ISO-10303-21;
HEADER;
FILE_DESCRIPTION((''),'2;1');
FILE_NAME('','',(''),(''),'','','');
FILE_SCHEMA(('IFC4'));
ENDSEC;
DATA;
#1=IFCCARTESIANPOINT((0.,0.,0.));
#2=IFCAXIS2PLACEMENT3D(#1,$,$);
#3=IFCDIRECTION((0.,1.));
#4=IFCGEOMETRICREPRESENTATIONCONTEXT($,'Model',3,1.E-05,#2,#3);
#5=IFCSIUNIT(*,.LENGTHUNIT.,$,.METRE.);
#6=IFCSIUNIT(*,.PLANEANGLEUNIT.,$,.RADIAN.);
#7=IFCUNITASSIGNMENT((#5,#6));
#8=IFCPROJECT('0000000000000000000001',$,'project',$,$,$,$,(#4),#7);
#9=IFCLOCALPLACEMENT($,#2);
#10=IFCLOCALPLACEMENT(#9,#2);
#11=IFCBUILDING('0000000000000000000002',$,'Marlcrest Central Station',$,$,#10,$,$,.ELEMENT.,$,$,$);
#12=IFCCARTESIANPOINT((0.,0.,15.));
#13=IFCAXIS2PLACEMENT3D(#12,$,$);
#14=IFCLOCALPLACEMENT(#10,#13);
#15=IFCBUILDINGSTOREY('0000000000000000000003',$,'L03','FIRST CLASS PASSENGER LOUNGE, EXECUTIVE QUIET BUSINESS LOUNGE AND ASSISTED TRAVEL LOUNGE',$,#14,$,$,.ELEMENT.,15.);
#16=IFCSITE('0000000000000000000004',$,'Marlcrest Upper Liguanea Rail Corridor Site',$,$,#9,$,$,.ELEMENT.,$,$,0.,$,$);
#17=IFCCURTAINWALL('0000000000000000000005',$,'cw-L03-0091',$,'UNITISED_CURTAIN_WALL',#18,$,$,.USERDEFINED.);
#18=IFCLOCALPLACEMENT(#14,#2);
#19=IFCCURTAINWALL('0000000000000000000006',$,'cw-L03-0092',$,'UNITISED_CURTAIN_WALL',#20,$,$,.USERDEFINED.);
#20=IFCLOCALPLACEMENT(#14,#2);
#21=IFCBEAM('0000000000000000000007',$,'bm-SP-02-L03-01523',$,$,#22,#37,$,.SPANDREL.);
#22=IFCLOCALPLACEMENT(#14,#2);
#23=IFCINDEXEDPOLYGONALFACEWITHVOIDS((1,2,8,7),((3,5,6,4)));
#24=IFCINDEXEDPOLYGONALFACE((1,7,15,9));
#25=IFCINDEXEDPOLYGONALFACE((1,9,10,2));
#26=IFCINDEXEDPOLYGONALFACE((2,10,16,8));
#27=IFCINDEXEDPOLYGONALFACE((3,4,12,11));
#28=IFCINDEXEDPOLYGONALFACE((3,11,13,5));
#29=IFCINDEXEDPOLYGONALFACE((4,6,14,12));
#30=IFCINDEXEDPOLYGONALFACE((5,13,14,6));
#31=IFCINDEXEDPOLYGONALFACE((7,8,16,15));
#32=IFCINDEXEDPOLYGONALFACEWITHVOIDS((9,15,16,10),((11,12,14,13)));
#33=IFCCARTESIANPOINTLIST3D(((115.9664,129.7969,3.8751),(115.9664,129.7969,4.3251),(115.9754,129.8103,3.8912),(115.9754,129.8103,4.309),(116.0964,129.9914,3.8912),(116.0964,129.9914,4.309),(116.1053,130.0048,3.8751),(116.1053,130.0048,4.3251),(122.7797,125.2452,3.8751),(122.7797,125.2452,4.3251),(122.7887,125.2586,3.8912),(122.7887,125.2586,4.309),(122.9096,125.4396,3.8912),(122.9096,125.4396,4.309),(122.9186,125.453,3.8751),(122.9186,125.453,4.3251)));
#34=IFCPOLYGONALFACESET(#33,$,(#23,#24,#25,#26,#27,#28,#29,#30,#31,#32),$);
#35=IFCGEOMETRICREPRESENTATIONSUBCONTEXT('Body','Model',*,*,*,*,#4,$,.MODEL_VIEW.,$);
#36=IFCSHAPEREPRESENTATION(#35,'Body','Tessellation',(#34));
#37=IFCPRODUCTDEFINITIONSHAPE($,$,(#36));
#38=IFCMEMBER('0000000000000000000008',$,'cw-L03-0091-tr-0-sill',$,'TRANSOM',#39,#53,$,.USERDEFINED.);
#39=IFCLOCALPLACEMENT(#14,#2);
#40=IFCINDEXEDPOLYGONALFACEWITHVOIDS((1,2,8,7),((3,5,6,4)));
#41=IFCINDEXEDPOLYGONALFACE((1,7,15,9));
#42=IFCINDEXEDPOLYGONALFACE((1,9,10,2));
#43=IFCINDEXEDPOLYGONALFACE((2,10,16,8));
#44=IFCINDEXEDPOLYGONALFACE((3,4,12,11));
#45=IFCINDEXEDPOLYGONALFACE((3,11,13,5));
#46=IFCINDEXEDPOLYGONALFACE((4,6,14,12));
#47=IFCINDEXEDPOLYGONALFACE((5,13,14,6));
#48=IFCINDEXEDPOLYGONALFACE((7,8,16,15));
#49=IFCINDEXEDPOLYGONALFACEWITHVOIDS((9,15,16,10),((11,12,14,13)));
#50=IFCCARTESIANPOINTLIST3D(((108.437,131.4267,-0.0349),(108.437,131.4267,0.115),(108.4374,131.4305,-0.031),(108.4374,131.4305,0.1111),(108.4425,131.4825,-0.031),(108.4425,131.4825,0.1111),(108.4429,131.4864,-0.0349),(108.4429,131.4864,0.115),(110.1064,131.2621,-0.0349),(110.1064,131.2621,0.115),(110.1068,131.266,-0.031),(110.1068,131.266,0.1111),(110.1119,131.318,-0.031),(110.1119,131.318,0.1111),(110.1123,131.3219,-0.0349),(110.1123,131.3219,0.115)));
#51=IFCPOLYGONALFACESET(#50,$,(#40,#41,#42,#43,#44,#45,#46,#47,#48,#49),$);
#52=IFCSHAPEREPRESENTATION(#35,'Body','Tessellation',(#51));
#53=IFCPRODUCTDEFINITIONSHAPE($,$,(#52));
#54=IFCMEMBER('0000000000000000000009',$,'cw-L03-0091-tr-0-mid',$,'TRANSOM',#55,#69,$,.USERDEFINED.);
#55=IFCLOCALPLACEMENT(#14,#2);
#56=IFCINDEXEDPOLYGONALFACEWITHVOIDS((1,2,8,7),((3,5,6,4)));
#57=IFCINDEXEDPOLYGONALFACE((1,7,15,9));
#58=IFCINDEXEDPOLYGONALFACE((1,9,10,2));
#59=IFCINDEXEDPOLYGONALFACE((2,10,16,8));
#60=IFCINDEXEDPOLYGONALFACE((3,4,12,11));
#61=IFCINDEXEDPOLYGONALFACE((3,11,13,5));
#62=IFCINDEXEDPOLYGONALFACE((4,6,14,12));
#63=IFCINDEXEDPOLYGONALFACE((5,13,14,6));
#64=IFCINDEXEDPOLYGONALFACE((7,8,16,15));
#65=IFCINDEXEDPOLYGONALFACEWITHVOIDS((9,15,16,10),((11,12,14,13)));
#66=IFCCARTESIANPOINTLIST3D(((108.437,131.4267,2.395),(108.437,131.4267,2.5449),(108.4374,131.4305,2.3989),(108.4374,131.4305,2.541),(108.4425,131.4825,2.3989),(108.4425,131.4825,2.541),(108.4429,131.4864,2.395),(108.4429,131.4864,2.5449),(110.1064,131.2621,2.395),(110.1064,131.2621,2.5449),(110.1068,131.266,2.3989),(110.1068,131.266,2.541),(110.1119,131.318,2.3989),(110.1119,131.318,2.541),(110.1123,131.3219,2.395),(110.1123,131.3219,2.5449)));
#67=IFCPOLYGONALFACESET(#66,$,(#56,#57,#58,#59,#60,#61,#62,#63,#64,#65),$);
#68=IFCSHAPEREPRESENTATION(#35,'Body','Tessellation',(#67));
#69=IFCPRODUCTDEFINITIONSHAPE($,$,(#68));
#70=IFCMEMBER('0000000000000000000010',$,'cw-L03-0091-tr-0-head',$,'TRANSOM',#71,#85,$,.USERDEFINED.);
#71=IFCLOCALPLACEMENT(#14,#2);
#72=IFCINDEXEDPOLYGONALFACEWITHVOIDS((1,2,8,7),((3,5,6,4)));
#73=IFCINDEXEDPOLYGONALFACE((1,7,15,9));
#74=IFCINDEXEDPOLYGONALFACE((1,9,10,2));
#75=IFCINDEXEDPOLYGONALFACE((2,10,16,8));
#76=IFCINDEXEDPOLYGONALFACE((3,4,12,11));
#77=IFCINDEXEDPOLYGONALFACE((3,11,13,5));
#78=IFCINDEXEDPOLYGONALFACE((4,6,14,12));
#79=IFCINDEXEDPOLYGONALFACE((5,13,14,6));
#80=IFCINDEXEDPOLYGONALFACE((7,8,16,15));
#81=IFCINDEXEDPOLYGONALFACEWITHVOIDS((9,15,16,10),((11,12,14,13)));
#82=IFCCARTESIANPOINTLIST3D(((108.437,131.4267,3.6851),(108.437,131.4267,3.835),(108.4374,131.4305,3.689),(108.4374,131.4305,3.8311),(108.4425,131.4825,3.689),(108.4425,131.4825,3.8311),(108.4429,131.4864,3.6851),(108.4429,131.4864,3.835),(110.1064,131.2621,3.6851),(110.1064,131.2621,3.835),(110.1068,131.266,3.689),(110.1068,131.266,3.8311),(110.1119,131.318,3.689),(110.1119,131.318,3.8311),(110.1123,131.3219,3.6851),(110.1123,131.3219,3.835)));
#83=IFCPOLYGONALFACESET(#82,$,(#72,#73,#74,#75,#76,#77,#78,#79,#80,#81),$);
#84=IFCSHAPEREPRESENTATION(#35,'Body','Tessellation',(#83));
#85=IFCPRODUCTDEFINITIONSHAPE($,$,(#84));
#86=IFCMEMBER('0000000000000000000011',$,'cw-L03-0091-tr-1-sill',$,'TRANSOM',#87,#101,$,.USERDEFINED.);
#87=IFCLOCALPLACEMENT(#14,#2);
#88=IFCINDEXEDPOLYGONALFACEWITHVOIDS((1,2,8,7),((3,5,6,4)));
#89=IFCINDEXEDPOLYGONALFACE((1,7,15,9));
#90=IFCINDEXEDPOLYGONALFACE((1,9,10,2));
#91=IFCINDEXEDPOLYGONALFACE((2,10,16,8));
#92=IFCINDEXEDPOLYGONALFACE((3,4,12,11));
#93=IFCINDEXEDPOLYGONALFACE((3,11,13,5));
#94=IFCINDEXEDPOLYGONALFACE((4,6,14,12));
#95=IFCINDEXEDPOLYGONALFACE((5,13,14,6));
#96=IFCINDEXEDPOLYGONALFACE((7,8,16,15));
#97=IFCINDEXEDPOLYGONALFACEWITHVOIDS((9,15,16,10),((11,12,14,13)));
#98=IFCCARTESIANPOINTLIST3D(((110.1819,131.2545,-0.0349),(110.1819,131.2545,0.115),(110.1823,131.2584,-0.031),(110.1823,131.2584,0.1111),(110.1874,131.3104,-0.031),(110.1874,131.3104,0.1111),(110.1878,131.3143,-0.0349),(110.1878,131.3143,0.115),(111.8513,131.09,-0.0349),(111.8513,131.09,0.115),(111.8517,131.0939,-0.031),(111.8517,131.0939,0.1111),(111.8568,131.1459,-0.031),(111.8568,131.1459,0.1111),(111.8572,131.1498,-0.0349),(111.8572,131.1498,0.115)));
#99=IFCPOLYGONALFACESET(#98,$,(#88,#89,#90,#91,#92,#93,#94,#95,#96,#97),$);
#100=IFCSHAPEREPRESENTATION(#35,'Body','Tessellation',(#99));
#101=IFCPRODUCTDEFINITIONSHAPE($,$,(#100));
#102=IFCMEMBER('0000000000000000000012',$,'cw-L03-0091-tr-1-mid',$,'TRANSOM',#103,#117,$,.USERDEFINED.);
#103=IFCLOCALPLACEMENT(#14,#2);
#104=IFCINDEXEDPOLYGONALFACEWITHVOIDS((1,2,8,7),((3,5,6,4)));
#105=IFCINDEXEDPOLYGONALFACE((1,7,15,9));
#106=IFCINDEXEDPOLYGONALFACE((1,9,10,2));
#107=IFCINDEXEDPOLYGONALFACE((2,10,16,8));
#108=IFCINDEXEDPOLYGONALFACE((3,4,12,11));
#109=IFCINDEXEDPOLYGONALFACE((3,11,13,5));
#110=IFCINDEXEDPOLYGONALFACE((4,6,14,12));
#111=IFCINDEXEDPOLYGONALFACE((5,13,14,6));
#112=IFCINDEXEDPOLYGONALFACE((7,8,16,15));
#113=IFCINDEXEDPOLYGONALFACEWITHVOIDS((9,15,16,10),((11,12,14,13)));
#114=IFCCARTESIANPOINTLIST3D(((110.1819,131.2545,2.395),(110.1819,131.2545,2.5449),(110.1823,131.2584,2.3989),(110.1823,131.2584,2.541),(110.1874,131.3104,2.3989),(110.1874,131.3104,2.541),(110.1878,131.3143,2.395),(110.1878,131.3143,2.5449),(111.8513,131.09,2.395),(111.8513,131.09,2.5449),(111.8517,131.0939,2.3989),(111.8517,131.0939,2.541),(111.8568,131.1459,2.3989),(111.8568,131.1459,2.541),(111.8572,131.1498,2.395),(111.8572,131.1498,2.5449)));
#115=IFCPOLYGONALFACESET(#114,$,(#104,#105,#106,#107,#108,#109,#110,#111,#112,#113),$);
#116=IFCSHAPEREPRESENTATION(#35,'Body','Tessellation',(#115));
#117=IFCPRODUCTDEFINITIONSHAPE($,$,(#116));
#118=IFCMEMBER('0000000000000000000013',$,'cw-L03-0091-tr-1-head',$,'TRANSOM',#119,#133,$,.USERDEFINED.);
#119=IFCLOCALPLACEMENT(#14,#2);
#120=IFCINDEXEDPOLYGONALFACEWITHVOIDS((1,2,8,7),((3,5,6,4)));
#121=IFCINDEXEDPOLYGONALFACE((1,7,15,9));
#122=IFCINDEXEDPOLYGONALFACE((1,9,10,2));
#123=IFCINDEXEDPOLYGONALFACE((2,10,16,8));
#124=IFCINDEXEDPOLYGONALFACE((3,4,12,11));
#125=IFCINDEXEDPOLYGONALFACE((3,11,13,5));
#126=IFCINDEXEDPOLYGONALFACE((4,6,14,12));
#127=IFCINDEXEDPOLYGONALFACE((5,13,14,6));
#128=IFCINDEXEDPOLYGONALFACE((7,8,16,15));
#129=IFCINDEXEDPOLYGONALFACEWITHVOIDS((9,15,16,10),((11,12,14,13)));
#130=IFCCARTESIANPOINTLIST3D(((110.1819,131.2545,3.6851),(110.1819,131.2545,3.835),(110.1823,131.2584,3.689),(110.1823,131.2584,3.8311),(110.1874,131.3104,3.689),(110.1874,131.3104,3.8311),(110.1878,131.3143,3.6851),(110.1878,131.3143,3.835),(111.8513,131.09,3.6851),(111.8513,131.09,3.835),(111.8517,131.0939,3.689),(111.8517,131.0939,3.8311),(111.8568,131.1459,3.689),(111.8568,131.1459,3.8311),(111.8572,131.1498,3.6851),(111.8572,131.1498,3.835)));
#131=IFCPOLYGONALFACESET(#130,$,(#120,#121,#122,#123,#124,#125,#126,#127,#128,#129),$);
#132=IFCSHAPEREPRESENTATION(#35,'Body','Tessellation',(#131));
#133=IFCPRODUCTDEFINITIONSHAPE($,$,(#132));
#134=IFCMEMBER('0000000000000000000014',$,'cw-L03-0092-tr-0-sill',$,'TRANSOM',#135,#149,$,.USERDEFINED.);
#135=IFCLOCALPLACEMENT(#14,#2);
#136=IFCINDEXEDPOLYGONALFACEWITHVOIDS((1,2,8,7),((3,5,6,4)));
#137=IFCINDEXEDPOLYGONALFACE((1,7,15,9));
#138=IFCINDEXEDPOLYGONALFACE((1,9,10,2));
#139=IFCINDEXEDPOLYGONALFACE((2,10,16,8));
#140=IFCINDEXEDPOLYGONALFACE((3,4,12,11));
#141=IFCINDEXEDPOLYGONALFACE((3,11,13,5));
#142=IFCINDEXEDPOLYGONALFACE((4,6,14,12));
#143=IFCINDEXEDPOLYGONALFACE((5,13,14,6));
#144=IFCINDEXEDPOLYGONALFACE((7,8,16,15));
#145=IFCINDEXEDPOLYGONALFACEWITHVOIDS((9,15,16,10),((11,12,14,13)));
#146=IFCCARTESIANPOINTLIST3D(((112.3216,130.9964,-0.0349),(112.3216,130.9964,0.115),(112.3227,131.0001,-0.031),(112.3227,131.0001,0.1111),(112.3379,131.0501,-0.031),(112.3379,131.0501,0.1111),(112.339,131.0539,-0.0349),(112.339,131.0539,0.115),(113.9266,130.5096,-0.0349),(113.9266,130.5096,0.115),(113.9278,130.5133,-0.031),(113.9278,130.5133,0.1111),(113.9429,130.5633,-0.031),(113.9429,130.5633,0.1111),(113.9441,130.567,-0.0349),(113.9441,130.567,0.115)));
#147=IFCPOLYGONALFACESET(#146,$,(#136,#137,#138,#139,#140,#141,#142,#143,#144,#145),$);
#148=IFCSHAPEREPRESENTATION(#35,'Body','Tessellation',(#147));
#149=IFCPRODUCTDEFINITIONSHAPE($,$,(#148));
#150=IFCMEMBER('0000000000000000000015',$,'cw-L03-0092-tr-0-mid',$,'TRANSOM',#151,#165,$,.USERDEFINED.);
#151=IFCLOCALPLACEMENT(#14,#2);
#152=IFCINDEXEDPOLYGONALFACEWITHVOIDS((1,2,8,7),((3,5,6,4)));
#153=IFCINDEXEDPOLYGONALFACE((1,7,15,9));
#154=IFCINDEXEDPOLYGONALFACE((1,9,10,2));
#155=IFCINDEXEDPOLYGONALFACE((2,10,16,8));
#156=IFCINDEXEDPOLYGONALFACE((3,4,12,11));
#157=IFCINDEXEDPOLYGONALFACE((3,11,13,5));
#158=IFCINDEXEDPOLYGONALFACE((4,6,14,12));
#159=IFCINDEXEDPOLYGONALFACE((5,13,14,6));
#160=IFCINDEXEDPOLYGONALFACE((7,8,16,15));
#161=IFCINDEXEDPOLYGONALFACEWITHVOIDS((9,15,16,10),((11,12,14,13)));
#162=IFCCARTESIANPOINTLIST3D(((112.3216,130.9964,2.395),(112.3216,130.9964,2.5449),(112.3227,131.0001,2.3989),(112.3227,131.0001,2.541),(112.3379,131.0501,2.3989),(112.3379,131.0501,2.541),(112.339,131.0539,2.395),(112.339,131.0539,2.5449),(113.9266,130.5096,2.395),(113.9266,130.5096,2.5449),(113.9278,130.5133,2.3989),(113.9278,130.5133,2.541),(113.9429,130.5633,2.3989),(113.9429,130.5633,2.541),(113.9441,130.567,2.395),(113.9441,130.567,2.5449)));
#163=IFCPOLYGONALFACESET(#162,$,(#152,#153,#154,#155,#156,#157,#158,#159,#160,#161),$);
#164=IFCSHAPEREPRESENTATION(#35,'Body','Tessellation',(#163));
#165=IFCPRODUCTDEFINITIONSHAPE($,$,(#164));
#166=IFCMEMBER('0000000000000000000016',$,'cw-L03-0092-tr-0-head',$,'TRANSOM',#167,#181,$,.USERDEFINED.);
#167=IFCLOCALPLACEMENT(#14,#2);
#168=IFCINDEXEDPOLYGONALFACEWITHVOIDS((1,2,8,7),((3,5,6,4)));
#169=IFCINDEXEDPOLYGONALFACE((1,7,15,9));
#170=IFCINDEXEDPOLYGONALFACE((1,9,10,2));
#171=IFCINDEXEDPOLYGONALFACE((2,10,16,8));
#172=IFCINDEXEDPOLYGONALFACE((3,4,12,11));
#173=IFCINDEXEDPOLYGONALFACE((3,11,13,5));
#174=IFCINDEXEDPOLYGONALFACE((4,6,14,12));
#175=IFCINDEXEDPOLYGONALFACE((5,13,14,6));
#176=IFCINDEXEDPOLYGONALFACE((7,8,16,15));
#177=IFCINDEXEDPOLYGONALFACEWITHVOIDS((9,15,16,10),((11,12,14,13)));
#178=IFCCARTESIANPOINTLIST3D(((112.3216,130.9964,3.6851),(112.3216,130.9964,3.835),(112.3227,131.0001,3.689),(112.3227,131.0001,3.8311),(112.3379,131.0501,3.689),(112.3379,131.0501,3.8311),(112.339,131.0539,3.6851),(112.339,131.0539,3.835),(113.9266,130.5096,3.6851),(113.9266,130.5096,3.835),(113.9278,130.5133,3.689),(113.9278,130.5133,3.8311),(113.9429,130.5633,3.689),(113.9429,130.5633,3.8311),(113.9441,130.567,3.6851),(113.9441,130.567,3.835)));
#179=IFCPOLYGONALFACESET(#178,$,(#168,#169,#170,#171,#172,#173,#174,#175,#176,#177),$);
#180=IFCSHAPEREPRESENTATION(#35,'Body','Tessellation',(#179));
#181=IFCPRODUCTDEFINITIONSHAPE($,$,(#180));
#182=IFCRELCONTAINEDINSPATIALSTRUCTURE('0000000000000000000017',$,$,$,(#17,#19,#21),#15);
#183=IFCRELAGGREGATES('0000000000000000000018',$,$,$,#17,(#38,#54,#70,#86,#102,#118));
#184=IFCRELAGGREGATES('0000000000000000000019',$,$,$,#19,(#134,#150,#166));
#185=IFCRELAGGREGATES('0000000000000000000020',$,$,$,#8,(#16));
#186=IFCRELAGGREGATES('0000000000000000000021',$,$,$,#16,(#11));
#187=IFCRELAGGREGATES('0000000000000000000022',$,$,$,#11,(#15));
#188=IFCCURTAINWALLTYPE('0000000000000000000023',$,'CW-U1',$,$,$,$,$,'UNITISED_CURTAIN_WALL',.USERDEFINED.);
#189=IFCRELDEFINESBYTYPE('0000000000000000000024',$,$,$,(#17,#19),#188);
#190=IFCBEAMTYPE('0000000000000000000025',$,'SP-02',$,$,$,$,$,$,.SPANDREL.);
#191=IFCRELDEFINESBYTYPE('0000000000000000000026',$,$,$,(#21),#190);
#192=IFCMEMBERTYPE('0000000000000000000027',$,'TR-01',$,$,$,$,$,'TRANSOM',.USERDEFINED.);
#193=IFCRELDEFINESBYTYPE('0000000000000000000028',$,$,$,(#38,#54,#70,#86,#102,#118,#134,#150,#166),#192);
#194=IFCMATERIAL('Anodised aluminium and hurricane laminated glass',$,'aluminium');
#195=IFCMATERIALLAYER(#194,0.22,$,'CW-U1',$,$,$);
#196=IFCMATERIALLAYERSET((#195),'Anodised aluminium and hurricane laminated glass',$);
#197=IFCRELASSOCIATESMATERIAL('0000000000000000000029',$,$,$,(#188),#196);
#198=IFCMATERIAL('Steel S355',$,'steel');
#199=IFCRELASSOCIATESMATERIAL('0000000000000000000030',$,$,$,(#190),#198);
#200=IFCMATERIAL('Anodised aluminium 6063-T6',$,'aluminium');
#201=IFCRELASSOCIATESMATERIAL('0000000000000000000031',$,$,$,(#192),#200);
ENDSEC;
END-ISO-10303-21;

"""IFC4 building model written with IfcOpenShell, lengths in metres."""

from ifc_helpers import new_model, si_unit, direction, frame, origin, origin_2d, place, context, subcontext, project, spatial, hollow_rectangle, extrude, material, layer, layer_set, material_profile, profile_set, type_object, element, aggregate, save


model = new_model("IFC4")

# Units and contexts
model_context = context("Model", 3, precision=1e-05, world=origin(), true_north=direction((0.0, 1.0)))
body_context = subcontext(model_context, "Body", "Model", "MODEL_VIEW")
ifc_project = project(units=[si_unit("LENGTHUNIT", "METRE"), si_unit("PLANEANGLEUNIT", "RADIAN")], contexts=[model_context])

# Site, building, storey
site_placement = place(None, origin())
site = spatial("IfcSite", under=ifc_project, at=site_placement, Name="Marlcrest Upper Liguanea Rail Corridor Site", CompositionType="ELEMENT", RefElevation=0.0)
building_placement = place(site_placement, origin())
building = spatial("IfcBuilding", under=site, at=building_placement, Name="Marlcrest Central Station", CompositionType="ELEMENT")
storey_placement = place(building_placement, frame((0.0, 0.0, 15.0)))
storey = spatial("IfcBuildingStorey", under=building, at=storey_placement, Name="L03", Description="FIRST CLASS PASSENGER LOUNGE, EXECUTIVE QUIET BUSINESS LOUNGE AND ASSISTED TRAVEL LOUNGE", CompositionType="ELEMENT", Elevation=15.0)

# Shared definitions
ifc_material_1 = material(Name="Steel S355", Category="steel")

# Curtain walls
ifc_material_2 = material(Name="Anodised aluminium and hurricane laminated glass", Category="aluminium")
ifc_layer_1 = layer(ifc_material_2, 0.22, Name="CW-U1")
ifc_layer_set_1 = layer_set([ifc_layer_1], Name="Anodised aluminium and hurricane laminated glass")
curtain_wall_type = type_object("IfcCurtainWallType", Name="CW-U1", ElementType="UNITISED_CURTAIN_WALL", PredefinedType="USERDEFINED", material=ifc_layer_set_1)
curtain_wall_1_placement = place(storey_placement, origin())
curtain_wall_1 = element("IfcCurtainWall", 1, at=curtain_wall_1_placement, inside=storey, type_object=curtain_wall_type, Name="cw-L03-0091", ObjectType="UNITISED_CURTAIN_WALL", PredefinedType="USERDEFINED")
ifc_material_3 = material(Name="Anodised aluminium 6063-T6", Category="aluminium")
curtain_wall_2_placement = place(storey_placement, origin())
curtain_wall_2 = element("IfcCurtainWall", 2, at=curtain_wall_2_placement, inside=storey, type_object=curtain_wall_type, Name="cw-L03-0092", ObjectType="UNITISED_CURTAIN_WALL", PredefinedType="USERDEFINED")

# Beam
ifc_material_profile_1 = material_profile(ifc_material_1, hollow_rectangle(XDim=0.25, YDim=0.45, WallThickness=0.0161, at=origin_2d()), Name="RHS 450x250x16")
ifc_profile_set_1 = profile_set([ifc_material_profile_1], Name="Steel S355")
beam_type = type_object("IfcBeamType", Name="SP-02", PredefinedType="SPANDREL", material=ifc_profile_set_1)
beam_placement = place(storey_placement, frame((116.0359, 129.9009, 4.1001), z_axis=(0.831509, -0.555511, 0.0), x_axis=(0.555511, 0.831509, 0.0)))
element("IfcBeam", 3, at=beam_placement, inside=storey, type_object=beam_type, Name="bm-SP-02-L03-01523", PredefinedType="SPANDREL", context=body_context, shape_type="SweptSolid", body=[
    extrude(hollow_rectangle(XDim=0.25, YDim=0.45, WallThickness=0.0161, at=origin_2d()), origin(), (0.0, 0.0, 1.0), 8.1938),
])

# Members
ifc_material_profile_2 = material_profile(ifc_material_3, hollow_rectangle(XDim=0.0601, YDim=0.1499, WallThickness=0.0039, at=origin_2d()), Name="AA-RHS 150x60x4")
ifc_profile_set_2 = profile_set([ifc_material_profile_2], Name="Anodised aluminium 6063-T6")
member_type_1 = type_object("IfcMemberType", Name="TR-01", ElementType="TRANSOM", PredefinedType="USERDEFINED", material=ifc_profile_set_2)
member_1_placement = place(storey_placement, frame((108.4399, 131.4565, 0.04), z_axis=(0.995177, -0.098091, 0.0), x_axis=(0.098091, 0.995177, 0.0)))
member_1 = element("IfcMember", 4, at=member_1_placement, type_object=member_type_1, Name="cw-L03-0091-tr-0-sill", ObjectType="TRANSOM", PredefinedType="USERDEFINED", context=body_context, shape_type="SweptSolid", body=[
    extrude(hollow_rectangle(XDim=0.0601, YDim=0.1499, WallThickness=0.0039, at=origin_2d()), origin(), (0.0, 0.0, 1.0), 1.6775),
])
member_2_placement = place(storey_placement, frame((108.4399, 131.4565, 2.47), z_axis=(0.995177, -0.098091, 0.0), x_axis=(0.098091, 0.995177, 0.0)))
member_2 = element("IfcMember", 5, at=member_2_placement, type_object=member_type_1, Name="cw-L03-0091-tr-0-mid", ObjectType="TRANSOM", PredefinedType="USERDEFINED", context=body_context, shape_type="SweptSolid", body=[
    extrude(hollow_rectangle(XDim=0.0601, YDim=0.1499, WallThickness=0.0039, at=origin_2d()), origin(), (0.0, 0.0, 1.0), 1.6775),
])
member_3_placement = place(storey_placement, frame((108.4399, 131.4565, 3.76), z_axis=(0.995177, -0.098091, 0.0), x_axis=(0.098091, 0.995177, 0.0)))
member_3 = element("IfcMember", 6, at=member_3_placement, type_object=member_type_1, Name="cw-L03-0091-tr-0-head", ObjectType="TRANSOM", PredefinedType="USERDEFINED", context=body_context, shape_type="SweptSolid", body=[
    extrude(hollow_rectangle(XDim=0.0601, YDim=0.1499, WallThickness=0.0039, at=origin_2d()), origin(), (0.0, 0.0, 1.0), 1.6775),
])
member_4_placement = place(storey_placement, frame((110.1848, 131.2844, 0.04), z_axis=(0.995177, -0.098091, 0.0), x_axis=(0.098091, 0.995177, 0.0)))
member_4 = element("IfcMember", 7, at=member_4_placement, type_object=member_type_1, Name="cw-L03-0091-tr-1-sill", ObjectType="TRANSOM", PredefinedType="USERDEFINED", context=body_context, shape_type="SweptSolid", body=[
    extrude(hollow_rectangle(XDim=0.0601, YDim=0.1499, WallThickness=0.0039, at=origin_2d()), origin(), (0.0, 0.0, 1.0), 1.6775),
])
member_5_placement = place(storey_placement, frame((110.1848, 131.2844, 2.47), z_axis=(0.995177, -0.098091, 0.0), x_axis=(0.098091, 0.995177, 0.0)))
member_5 = element("IfcMember", 8, at=member_5_placement, type_object=member_type_1, Name="cw-L03-0091-tr-1-mid", ObjectType="TRANSOM", PredefinedType="USERDEFINED", context=body_context, shape_type="SweptSolid", body=[
    extrude(hollow_rectangle(XDim=0.0601, YDim=0.1499, WallThickness=0.0039, at=origin_2d()), origin(), (0.0, 0.0, 1.0), 1.6775),
])
member_6_placement = place(storey_placement, frame((110.1848, 131.2844, 3.76), z_axis=(0.995177, -0.098091, 0.0), x_axis=(0.098091, 0.995177, 0.0)))
member_6 = element("IfcMember", 9, at=member_6_placement, type_object=member_type_1, Name="cw-L03-0091-tr-1-head", ObjectType="TRANSOM", PredefinedType="USERDEFINED", context=body_context, shape_type="SweptSolid", body=[
    extrude(hollow_rectangle(XDim=0.0601, YDim=0.1499, WallThickness=0.0039, at=origin_2d()), origin(), (0.0, 0.0, 1.0), 1.6775),
])
member_7_placement = place(storey_placement, frame((112.3303, 131.0251, 0.04), z_axis=(0.956948, -0.290258, 0.0), x_axis=(0.290258, 0.956948, 0.0)))
member_7 = element("IfcMember", 10, at=member_7_placement, type_object=member_type_1, Name="cw-L03-0092-tr-0-sill", ObjectType="TRANSOM", PredefinedType="USERDEFINED", context=body_context, shape_type="SweptSolid", body=[
    extrude(hollow_rectangle(XDim=0.0601, YDim=0.1499, WallThickness=0.0039, at=origin_2d()), origin(), (0.0, 0.0, 1.0), 1.6772),
])
member_8_placement = place(storey_placement, frame((112.3303, 131.0251, 2.47), z_axis=(0.956948, -0.290258, 0.0), x_axis=(0.290258, 0.956948, 0.0)))
member_8 = element("IfcMember", 11, at=member_8_placement, type_object=member_type_1, Name="cw-L03-0092-tr-0-mid", ObjectType="TRANSOM", PredefinedType="USERDEFINED", context=body_context, shape_type="SweptSolid", body=[
    extrude(hollow_rectangle(XDim=0.0601, YDim=0.1499, WallThickness=0.0039, at=origin_2d()), origin(), (0.0, 0.0, 1.0), 1.6772),
])
member_9_placement = place(storey_placement, frame((112.3303, 131.0251, 3.76), z_axis=(0.956948, -0.290258, 0.0), x_axis=(0.290258, 0.956948, 0.0)))
member_9 = element("IfcMember", 12, at=member_9_placement, type_object=member_type_1, Name="cw-L03-0092-tr-0-head", ObjectType="TRANSOM", PredefinedType="USERDEFINED", context=body_context, shape_type="SweptSolid", body=[
    extrude(hollow_rectangle(XDim=0.0601, YDim=0.1499, WallThickness=0.0039, at=origin_2d()), origin(), (0.0, 0.0, 1.0), 1.6772),
])

aggregate(curtain_wall_1, [member_1, member_2, member_3, member_4, member_5, member_6])
aggregate(curtain_wall_2, [member_7, member_8, member_9])

save(model, "model.ifc")
